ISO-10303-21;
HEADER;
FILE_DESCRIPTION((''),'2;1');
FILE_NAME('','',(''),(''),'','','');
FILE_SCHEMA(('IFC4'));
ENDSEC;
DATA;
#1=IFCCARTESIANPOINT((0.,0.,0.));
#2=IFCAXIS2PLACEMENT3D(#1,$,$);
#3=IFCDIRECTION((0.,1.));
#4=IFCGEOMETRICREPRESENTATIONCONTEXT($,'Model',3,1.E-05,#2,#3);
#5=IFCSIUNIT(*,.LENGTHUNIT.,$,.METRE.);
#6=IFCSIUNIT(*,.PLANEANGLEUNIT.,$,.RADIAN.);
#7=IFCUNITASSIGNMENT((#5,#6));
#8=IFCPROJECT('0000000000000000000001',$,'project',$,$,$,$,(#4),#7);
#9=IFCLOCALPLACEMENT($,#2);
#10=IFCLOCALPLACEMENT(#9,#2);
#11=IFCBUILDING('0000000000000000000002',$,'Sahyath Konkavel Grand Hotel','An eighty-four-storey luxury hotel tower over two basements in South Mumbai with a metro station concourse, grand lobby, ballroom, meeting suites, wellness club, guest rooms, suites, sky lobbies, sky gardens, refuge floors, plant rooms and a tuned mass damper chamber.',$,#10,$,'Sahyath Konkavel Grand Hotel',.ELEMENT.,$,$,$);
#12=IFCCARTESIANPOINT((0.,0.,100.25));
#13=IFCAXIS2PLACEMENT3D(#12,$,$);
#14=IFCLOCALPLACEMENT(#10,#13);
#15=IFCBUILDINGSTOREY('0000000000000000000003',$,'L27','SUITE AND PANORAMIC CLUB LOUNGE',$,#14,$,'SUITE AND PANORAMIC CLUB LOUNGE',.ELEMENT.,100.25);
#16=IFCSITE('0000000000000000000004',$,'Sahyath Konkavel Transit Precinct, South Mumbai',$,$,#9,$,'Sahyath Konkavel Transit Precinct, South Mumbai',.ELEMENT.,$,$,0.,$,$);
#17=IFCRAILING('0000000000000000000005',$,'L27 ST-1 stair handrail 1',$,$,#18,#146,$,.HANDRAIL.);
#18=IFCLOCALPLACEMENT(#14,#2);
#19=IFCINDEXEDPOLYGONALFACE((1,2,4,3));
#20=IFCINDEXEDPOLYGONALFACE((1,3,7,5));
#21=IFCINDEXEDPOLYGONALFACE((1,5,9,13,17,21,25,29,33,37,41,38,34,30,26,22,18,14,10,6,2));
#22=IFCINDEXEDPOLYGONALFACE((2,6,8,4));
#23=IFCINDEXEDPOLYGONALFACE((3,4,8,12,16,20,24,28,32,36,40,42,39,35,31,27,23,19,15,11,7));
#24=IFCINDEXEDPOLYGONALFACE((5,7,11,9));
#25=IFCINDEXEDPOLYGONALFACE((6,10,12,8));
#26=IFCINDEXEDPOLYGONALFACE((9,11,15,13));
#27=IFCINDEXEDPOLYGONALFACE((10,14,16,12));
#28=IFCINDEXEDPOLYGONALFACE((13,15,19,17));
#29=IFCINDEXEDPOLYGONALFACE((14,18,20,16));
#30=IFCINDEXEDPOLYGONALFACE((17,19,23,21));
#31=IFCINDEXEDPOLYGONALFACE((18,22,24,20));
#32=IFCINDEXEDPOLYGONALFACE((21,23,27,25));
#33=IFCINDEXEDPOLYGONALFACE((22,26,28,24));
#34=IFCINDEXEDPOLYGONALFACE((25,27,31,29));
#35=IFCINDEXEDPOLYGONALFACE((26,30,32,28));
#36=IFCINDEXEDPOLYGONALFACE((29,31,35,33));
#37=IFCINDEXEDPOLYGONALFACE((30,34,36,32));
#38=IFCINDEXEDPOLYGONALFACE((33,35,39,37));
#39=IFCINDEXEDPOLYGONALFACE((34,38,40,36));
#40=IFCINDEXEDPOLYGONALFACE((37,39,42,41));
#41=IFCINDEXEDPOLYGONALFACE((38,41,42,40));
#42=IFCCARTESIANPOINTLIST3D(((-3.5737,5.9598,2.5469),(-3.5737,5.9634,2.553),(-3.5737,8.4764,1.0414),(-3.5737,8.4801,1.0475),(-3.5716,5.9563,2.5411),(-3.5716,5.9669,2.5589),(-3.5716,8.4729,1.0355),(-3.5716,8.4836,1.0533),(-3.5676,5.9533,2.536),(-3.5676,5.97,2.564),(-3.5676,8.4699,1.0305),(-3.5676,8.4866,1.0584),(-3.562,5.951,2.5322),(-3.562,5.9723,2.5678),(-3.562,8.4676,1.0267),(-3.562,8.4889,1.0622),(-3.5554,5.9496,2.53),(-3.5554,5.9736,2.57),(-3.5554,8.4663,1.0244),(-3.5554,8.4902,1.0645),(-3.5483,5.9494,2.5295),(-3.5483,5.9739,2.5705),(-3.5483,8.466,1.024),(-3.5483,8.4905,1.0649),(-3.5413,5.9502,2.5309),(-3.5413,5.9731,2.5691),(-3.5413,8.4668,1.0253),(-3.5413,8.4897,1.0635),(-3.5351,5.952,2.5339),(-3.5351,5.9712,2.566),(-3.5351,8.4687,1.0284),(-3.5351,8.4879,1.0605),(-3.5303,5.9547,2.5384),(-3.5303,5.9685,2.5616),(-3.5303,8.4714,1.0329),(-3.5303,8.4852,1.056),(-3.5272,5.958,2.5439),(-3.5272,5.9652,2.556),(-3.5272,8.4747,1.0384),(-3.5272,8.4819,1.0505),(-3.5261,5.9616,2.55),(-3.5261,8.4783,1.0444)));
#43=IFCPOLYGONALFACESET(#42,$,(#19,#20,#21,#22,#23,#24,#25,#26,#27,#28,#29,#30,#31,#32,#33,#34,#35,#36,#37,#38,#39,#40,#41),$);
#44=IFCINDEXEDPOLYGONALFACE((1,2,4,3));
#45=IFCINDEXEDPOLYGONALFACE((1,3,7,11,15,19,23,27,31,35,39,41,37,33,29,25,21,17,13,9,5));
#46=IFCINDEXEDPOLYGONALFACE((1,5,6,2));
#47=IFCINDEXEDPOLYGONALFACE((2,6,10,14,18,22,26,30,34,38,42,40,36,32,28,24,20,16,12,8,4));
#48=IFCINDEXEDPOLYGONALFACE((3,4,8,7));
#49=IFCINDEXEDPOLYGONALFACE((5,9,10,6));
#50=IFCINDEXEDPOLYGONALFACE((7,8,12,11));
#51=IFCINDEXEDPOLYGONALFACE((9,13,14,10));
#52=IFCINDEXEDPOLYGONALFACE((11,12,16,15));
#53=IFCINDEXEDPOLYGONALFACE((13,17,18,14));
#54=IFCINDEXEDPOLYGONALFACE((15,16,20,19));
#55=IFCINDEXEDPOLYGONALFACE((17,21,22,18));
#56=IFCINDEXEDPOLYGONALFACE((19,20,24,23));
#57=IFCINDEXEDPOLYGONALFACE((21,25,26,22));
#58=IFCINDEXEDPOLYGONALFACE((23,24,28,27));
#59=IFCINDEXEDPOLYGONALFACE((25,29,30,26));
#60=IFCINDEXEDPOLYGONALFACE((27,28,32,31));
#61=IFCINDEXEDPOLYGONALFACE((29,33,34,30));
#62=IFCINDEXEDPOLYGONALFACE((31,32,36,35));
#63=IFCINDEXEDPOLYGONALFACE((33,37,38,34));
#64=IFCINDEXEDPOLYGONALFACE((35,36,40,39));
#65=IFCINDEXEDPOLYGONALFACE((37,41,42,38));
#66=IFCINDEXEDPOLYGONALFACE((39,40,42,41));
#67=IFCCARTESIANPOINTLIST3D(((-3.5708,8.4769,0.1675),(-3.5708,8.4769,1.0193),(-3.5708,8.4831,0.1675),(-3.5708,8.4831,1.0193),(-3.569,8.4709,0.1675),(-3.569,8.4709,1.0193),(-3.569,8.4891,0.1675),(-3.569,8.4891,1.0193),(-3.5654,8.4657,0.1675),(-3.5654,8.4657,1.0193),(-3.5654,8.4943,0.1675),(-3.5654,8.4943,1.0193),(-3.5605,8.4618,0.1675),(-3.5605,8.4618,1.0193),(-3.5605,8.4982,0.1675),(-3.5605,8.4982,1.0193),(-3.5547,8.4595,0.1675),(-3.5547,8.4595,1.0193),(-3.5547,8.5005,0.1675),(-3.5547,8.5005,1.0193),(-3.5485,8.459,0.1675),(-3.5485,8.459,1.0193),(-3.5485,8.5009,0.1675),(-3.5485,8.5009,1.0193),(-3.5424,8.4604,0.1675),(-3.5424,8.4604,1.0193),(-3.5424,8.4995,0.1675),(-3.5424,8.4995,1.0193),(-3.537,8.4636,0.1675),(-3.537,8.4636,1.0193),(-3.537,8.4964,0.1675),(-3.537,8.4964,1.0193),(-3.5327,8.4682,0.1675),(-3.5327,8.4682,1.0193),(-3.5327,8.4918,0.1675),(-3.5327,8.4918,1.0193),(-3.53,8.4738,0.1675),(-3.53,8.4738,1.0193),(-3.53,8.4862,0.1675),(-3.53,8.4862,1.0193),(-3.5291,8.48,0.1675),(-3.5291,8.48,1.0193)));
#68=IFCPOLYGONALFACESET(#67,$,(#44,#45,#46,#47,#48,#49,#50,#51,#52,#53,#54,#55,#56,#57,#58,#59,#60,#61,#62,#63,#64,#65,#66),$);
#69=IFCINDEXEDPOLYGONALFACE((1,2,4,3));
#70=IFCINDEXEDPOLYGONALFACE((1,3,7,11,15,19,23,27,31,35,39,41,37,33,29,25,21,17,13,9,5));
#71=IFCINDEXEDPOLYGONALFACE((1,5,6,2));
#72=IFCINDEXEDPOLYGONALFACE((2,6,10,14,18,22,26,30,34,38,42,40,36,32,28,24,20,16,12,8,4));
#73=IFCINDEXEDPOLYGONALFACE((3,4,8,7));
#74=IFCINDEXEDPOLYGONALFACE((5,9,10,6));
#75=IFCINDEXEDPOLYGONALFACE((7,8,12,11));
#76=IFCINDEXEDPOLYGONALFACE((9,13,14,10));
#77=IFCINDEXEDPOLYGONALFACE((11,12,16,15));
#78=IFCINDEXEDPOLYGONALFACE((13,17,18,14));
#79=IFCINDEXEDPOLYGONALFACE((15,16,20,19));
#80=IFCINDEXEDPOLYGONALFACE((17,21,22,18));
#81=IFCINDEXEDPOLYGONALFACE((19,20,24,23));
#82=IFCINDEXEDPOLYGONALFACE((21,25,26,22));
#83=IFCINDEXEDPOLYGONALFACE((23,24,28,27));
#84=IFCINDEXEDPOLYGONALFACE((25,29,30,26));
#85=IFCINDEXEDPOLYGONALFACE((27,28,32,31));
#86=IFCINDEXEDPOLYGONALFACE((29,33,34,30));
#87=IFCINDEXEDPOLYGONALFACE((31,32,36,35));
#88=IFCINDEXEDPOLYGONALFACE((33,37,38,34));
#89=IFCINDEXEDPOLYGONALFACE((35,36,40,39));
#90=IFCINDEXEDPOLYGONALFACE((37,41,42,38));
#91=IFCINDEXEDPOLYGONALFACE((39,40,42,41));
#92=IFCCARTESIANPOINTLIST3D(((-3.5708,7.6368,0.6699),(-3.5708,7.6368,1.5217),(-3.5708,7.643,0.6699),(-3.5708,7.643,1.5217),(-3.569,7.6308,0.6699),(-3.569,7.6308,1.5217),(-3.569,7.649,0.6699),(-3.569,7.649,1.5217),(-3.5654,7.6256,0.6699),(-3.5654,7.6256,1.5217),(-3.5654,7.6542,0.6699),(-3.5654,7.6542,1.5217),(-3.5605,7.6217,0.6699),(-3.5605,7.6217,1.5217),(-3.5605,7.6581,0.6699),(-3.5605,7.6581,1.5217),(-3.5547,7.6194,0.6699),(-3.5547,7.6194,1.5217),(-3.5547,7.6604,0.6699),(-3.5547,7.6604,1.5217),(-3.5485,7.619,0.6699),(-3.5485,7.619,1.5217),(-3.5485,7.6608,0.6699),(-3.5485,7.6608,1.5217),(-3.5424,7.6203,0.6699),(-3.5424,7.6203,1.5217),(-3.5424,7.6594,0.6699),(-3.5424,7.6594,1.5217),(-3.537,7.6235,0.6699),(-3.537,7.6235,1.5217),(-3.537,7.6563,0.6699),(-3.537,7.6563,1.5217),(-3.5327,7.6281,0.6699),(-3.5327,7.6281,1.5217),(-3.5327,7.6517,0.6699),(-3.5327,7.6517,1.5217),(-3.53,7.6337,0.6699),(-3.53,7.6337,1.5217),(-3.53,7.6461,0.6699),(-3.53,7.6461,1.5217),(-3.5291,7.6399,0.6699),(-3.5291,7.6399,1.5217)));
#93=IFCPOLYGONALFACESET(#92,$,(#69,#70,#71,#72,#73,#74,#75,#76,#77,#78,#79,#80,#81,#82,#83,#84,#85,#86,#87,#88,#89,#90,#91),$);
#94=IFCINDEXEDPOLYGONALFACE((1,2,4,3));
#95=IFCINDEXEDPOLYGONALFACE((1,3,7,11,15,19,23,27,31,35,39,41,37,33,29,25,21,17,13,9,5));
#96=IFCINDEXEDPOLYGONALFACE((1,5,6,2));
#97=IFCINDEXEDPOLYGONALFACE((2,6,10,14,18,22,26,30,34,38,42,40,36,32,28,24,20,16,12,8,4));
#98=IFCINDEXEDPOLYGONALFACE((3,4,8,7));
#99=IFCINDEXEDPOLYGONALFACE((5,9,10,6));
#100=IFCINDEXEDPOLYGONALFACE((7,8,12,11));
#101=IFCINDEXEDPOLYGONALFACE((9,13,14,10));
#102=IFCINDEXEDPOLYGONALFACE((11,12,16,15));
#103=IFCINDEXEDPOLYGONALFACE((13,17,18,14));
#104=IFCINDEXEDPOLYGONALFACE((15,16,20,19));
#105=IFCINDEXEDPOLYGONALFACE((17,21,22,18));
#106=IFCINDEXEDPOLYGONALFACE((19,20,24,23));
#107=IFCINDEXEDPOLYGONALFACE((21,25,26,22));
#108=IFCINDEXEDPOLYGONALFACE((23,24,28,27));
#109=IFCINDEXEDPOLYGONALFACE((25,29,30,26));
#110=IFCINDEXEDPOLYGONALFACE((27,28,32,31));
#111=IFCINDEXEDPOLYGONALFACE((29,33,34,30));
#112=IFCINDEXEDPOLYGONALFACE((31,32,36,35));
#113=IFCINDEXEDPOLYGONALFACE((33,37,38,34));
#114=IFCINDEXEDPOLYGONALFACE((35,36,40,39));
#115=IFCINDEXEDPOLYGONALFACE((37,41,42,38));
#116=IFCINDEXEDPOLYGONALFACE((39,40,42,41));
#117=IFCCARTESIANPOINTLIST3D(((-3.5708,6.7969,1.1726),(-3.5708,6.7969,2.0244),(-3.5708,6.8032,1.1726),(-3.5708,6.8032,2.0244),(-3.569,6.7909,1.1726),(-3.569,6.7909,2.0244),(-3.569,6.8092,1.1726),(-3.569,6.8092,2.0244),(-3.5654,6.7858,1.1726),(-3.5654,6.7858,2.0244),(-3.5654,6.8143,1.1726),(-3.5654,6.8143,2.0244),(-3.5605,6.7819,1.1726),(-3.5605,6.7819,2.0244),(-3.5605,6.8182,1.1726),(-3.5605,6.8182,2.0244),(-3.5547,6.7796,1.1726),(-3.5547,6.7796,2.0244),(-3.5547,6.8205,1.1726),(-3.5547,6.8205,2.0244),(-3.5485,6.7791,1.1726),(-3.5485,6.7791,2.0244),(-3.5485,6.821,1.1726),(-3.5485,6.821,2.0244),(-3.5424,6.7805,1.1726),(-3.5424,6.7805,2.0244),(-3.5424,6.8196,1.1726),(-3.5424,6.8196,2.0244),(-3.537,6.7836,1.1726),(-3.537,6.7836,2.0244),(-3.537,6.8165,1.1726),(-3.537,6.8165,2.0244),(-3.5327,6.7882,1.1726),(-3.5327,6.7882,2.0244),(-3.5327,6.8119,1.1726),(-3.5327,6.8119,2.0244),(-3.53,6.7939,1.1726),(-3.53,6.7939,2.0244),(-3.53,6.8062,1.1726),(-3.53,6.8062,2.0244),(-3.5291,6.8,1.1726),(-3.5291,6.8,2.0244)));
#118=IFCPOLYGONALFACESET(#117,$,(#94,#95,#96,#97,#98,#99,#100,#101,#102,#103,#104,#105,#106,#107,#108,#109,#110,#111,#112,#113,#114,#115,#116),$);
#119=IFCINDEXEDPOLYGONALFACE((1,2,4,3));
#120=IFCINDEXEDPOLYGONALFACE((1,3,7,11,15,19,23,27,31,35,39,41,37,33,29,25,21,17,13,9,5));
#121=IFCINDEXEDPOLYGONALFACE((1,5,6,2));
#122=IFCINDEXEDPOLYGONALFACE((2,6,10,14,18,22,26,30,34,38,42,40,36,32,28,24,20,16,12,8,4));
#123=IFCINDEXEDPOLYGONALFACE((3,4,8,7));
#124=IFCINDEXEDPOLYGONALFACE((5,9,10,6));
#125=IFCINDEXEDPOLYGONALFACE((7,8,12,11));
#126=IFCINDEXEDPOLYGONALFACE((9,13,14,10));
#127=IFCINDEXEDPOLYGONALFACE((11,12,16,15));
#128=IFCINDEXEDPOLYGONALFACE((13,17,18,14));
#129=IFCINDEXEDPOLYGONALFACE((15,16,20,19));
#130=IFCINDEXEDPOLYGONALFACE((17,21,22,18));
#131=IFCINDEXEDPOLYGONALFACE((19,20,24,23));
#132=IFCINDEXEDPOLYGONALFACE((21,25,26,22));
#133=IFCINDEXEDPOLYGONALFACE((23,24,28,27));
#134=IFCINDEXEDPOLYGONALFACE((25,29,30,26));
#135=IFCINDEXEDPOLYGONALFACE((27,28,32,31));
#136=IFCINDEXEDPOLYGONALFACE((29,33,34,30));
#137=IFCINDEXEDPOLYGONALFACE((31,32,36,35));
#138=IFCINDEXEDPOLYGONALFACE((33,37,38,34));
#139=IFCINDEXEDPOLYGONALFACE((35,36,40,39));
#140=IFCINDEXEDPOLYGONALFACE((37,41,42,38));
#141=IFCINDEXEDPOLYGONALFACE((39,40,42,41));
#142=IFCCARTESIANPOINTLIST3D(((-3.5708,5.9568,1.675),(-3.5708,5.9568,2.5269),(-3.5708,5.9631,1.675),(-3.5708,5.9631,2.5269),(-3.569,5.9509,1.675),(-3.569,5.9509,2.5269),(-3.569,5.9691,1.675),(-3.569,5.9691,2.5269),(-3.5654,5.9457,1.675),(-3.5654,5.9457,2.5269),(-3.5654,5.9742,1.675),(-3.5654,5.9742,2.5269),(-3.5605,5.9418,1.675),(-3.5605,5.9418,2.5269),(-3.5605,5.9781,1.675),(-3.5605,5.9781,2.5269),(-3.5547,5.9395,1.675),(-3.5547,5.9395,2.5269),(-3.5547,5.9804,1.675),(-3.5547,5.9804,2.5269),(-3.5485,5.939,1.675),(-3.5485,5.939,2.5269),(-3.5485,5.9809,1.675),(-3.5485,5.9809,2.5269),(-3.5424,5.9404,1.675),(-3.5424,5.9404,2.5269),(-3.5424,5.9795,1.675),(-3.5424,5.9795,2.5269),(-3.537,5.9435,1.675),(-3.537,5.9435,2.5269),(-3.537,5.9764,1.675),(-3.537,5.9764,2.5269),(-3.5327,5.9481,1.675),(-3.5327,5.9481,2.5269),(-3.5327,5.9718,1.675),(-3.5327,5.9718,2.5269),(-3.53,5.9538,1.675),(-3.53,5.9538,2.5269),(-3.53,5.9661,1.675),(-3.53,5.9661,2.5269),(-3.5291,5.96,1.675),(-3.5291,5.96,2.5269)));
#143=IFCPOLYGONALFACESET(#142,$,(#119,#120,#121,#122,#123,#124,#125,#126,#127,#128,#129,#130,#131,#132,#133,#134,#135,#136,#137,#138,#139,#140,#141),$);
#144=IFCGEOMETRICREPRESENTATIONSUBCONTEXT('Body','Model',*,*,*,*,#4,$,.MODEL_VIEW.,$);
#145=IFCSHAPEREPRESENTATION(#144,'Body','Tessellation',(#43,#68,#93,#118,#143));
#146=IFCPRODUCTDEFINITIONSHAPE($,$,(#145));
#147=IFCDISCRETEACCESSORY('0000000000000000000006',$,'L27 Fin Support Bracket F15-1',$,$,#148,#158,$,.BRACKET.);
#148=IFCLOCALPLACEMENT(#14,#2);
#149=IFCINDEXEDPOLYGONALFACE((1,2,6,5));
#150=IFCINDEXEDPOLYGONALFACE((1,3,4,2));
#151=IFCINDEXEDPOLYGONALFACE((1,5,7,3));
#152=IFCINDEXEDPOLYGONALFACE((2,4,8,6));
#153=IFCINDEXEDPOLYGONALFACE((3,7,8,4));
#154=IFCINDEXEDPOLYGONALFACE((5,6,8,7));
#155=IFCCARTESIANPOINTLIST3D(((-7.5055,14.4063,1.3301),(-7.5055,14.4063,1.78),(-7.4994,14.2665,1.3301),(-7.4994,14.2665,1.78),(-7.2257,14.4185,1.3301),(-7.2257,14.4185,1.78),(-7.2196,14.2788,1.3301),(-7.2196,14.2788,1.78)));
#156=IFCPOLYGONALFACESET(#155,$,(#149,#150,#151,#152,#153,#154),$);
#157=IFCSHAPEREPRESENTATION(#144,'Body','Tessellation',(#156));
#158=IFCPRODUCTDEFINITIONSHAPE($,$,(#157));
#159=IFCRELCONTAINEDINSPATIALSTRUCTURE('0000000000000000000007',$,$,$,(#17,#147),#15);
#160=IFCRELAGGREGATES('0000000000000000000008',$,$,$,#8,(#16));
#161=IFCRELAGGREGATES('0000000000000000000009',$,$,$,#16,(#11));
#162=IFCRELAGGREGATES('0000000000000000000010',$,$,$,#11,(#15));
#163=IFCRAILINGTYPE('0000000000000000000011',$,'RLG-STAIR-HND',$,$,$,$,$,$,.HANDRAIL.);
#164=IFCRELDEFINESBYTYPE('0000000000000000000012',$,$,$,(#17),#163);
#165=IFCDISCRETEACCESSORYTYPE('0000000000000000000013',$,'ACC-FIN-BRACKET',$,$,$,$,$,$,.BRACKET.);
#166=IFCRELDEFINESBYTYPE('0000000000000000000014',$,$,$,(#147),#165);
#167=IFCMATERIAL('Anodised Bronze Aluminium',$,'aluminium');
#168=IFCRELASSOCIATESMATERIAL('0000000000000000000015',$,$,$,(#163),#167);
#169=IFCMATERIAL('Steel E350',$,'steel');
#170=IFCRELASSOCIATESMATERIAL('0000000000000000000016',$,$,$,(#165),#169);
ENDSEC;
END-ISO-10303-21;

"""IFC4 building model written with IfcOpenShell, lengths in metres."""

from ifc_helpers import new_model, si_unit, direction, frame, origin, origin_2d, place, context, subcontext, project, spatial, rectangle, circle, extrude, source, transform, mapped, material, type_object, element, save


model = new_model("IFC4")

# Units and contexts
model_context = context("Model", 3, precision=1e-05, world=origin(), true_north=direction((0.0, 1.0)))
body_context = subcontext(model_context, "Body", "Model", "MODEL_VIEW")
ifc_project = project(units=[si_unit("LENGTHUNIT", "METRE"), si_unit("PLANEANGLEUNIT", "RADIAN")], contexts=[model_context])

# Site, building, storey
site_placement = place(None, origin())
site = spatial("IfcSite", under=ifc_project, at=site_placement, Name="Sahyath Konkavel Transit Precinct, South Mumbai", LongName="Sahyath Konkavel Transit Precinct, South Mumbai", CompositionType="ELEMENT", RefElevation=0.0)
building_placement = place(site_placement, origin())
building = spatial("IfcBuilding", under=site, at=building_placement, Name="Sahyath Konkavel Grand Hotel", Description="An eighty-four-storey luxury hotel tower over two basements in South Mumbai with a metro station concourse, grand lobby, ballroom, meeting suites, wellness club, guest rooms, suites, sky lobbies, sky gardens, refuge floors, plant rooms and a tuned mass damper chamber.", LongName="Sahyath Konkavel Grand Hotel", CompositionType="ELEMENT")
storey_placement = place(building_placement, frame((0.0, 0.0, 100.25)))
storey = spatial("IfcBuildingStorey", under=building, at=storey_placement, Name="L27", Description="SUITE AND PANORAMIC CLUB LOUNGE", LongName="SUITE AND PANORAMIC CLUB LOUNGE", CompositionType="ELEMENT", Elevation=100.25)

# Shared definitions
ifc_material_1 = material(Name="Steel E350", Category="steel")

# Shared definitions
ifc_material_2 = material(Name="Anodised Bronze Aluminium", Category="aluminium")

# Railing
railing_type_1 = type_object("IfcRailingType", Name="RLG-STAIR-HND", PredefinedType="HANDRAIL", material=ifc_material_2)
railing_1_placement = place(storey_placement, frame((-3.55, 8.48, 0.1675)))
element("IfcRailing", 1, at=railing_1_placement, inside=storey, type_object=railing_type_1, Name="L27 ST-1 stair handrail 1", PredefinedType="HANDRAIL", context=body_context, shape_type="SweptSolid", body=[
    extrude(circle(Radius=0.0239, at=origin_2d()), frame((0.0, -0.0017, 0.877), z_axis=(0.0, -0.85816, 0.513383), x_axis=(1.0, 0.0, 0.0)), (0.0, 0.0, 1.0), 2.9326),
    extrude(circle(Radius=0.021, at=origin_2d()), origin(), (0.0, 0.0, 1.0), 0.8518),
    extrude(circle(Radius=0.021, at=origin_2d()), frame((0.0, -0.8401, 0.5024)), (0.0, 0.0, 1.0), 0.8518),
    extrude(circle(Radius=0.021, at=origin_2d()), frame((0.0, -1.6799, 1.0051)), (0.0, 0.0, 1.0), 0.8518),
    extrude(circle(Radius=0.021, at=origin_2d()), frame((0.0, -2.52, 1.5076)), (0.0, 0.0, 1.0), 0.8518),
])

# Discrete accessory
discrete_accessory_type = type_object("IfcDiscreteAccessoryType", Name="ACC-FIN-BRACKET", PredefinedType="BRACKET", material=ifc_material_1)
shared_shape_1 = source(origin(), body_context, "Body", "SweptSolid", [
    extrude(rectangle(XDim=0.28, YDim=0.1399, at=origin_2d()), origin(), (0.0, 0.0, 1.0), 0.45),
])
discrete_accessory_placement = place(storey_placement, frame((-7.3625, 14.3425, 1.3301), z_axis=(0.0, 0.0, 1.0), x_axis=(-0.999048, -0.043619, 0.0)))
element("IfcDiscreteAccessory", 2, at=discrete_accessory_placement, inside=storey, type_object=discrete_accessory_type, Name="L27 Fin Support Bracket F15-1", PredefinedType="BRACKET", context=body_context, shape_type="MappedRepresentation", body=[
    mapped(shared_shape_1, transform((0.0, 0.0, 0.0), scale=1.0)),
])

save(model, "model.ifc")
